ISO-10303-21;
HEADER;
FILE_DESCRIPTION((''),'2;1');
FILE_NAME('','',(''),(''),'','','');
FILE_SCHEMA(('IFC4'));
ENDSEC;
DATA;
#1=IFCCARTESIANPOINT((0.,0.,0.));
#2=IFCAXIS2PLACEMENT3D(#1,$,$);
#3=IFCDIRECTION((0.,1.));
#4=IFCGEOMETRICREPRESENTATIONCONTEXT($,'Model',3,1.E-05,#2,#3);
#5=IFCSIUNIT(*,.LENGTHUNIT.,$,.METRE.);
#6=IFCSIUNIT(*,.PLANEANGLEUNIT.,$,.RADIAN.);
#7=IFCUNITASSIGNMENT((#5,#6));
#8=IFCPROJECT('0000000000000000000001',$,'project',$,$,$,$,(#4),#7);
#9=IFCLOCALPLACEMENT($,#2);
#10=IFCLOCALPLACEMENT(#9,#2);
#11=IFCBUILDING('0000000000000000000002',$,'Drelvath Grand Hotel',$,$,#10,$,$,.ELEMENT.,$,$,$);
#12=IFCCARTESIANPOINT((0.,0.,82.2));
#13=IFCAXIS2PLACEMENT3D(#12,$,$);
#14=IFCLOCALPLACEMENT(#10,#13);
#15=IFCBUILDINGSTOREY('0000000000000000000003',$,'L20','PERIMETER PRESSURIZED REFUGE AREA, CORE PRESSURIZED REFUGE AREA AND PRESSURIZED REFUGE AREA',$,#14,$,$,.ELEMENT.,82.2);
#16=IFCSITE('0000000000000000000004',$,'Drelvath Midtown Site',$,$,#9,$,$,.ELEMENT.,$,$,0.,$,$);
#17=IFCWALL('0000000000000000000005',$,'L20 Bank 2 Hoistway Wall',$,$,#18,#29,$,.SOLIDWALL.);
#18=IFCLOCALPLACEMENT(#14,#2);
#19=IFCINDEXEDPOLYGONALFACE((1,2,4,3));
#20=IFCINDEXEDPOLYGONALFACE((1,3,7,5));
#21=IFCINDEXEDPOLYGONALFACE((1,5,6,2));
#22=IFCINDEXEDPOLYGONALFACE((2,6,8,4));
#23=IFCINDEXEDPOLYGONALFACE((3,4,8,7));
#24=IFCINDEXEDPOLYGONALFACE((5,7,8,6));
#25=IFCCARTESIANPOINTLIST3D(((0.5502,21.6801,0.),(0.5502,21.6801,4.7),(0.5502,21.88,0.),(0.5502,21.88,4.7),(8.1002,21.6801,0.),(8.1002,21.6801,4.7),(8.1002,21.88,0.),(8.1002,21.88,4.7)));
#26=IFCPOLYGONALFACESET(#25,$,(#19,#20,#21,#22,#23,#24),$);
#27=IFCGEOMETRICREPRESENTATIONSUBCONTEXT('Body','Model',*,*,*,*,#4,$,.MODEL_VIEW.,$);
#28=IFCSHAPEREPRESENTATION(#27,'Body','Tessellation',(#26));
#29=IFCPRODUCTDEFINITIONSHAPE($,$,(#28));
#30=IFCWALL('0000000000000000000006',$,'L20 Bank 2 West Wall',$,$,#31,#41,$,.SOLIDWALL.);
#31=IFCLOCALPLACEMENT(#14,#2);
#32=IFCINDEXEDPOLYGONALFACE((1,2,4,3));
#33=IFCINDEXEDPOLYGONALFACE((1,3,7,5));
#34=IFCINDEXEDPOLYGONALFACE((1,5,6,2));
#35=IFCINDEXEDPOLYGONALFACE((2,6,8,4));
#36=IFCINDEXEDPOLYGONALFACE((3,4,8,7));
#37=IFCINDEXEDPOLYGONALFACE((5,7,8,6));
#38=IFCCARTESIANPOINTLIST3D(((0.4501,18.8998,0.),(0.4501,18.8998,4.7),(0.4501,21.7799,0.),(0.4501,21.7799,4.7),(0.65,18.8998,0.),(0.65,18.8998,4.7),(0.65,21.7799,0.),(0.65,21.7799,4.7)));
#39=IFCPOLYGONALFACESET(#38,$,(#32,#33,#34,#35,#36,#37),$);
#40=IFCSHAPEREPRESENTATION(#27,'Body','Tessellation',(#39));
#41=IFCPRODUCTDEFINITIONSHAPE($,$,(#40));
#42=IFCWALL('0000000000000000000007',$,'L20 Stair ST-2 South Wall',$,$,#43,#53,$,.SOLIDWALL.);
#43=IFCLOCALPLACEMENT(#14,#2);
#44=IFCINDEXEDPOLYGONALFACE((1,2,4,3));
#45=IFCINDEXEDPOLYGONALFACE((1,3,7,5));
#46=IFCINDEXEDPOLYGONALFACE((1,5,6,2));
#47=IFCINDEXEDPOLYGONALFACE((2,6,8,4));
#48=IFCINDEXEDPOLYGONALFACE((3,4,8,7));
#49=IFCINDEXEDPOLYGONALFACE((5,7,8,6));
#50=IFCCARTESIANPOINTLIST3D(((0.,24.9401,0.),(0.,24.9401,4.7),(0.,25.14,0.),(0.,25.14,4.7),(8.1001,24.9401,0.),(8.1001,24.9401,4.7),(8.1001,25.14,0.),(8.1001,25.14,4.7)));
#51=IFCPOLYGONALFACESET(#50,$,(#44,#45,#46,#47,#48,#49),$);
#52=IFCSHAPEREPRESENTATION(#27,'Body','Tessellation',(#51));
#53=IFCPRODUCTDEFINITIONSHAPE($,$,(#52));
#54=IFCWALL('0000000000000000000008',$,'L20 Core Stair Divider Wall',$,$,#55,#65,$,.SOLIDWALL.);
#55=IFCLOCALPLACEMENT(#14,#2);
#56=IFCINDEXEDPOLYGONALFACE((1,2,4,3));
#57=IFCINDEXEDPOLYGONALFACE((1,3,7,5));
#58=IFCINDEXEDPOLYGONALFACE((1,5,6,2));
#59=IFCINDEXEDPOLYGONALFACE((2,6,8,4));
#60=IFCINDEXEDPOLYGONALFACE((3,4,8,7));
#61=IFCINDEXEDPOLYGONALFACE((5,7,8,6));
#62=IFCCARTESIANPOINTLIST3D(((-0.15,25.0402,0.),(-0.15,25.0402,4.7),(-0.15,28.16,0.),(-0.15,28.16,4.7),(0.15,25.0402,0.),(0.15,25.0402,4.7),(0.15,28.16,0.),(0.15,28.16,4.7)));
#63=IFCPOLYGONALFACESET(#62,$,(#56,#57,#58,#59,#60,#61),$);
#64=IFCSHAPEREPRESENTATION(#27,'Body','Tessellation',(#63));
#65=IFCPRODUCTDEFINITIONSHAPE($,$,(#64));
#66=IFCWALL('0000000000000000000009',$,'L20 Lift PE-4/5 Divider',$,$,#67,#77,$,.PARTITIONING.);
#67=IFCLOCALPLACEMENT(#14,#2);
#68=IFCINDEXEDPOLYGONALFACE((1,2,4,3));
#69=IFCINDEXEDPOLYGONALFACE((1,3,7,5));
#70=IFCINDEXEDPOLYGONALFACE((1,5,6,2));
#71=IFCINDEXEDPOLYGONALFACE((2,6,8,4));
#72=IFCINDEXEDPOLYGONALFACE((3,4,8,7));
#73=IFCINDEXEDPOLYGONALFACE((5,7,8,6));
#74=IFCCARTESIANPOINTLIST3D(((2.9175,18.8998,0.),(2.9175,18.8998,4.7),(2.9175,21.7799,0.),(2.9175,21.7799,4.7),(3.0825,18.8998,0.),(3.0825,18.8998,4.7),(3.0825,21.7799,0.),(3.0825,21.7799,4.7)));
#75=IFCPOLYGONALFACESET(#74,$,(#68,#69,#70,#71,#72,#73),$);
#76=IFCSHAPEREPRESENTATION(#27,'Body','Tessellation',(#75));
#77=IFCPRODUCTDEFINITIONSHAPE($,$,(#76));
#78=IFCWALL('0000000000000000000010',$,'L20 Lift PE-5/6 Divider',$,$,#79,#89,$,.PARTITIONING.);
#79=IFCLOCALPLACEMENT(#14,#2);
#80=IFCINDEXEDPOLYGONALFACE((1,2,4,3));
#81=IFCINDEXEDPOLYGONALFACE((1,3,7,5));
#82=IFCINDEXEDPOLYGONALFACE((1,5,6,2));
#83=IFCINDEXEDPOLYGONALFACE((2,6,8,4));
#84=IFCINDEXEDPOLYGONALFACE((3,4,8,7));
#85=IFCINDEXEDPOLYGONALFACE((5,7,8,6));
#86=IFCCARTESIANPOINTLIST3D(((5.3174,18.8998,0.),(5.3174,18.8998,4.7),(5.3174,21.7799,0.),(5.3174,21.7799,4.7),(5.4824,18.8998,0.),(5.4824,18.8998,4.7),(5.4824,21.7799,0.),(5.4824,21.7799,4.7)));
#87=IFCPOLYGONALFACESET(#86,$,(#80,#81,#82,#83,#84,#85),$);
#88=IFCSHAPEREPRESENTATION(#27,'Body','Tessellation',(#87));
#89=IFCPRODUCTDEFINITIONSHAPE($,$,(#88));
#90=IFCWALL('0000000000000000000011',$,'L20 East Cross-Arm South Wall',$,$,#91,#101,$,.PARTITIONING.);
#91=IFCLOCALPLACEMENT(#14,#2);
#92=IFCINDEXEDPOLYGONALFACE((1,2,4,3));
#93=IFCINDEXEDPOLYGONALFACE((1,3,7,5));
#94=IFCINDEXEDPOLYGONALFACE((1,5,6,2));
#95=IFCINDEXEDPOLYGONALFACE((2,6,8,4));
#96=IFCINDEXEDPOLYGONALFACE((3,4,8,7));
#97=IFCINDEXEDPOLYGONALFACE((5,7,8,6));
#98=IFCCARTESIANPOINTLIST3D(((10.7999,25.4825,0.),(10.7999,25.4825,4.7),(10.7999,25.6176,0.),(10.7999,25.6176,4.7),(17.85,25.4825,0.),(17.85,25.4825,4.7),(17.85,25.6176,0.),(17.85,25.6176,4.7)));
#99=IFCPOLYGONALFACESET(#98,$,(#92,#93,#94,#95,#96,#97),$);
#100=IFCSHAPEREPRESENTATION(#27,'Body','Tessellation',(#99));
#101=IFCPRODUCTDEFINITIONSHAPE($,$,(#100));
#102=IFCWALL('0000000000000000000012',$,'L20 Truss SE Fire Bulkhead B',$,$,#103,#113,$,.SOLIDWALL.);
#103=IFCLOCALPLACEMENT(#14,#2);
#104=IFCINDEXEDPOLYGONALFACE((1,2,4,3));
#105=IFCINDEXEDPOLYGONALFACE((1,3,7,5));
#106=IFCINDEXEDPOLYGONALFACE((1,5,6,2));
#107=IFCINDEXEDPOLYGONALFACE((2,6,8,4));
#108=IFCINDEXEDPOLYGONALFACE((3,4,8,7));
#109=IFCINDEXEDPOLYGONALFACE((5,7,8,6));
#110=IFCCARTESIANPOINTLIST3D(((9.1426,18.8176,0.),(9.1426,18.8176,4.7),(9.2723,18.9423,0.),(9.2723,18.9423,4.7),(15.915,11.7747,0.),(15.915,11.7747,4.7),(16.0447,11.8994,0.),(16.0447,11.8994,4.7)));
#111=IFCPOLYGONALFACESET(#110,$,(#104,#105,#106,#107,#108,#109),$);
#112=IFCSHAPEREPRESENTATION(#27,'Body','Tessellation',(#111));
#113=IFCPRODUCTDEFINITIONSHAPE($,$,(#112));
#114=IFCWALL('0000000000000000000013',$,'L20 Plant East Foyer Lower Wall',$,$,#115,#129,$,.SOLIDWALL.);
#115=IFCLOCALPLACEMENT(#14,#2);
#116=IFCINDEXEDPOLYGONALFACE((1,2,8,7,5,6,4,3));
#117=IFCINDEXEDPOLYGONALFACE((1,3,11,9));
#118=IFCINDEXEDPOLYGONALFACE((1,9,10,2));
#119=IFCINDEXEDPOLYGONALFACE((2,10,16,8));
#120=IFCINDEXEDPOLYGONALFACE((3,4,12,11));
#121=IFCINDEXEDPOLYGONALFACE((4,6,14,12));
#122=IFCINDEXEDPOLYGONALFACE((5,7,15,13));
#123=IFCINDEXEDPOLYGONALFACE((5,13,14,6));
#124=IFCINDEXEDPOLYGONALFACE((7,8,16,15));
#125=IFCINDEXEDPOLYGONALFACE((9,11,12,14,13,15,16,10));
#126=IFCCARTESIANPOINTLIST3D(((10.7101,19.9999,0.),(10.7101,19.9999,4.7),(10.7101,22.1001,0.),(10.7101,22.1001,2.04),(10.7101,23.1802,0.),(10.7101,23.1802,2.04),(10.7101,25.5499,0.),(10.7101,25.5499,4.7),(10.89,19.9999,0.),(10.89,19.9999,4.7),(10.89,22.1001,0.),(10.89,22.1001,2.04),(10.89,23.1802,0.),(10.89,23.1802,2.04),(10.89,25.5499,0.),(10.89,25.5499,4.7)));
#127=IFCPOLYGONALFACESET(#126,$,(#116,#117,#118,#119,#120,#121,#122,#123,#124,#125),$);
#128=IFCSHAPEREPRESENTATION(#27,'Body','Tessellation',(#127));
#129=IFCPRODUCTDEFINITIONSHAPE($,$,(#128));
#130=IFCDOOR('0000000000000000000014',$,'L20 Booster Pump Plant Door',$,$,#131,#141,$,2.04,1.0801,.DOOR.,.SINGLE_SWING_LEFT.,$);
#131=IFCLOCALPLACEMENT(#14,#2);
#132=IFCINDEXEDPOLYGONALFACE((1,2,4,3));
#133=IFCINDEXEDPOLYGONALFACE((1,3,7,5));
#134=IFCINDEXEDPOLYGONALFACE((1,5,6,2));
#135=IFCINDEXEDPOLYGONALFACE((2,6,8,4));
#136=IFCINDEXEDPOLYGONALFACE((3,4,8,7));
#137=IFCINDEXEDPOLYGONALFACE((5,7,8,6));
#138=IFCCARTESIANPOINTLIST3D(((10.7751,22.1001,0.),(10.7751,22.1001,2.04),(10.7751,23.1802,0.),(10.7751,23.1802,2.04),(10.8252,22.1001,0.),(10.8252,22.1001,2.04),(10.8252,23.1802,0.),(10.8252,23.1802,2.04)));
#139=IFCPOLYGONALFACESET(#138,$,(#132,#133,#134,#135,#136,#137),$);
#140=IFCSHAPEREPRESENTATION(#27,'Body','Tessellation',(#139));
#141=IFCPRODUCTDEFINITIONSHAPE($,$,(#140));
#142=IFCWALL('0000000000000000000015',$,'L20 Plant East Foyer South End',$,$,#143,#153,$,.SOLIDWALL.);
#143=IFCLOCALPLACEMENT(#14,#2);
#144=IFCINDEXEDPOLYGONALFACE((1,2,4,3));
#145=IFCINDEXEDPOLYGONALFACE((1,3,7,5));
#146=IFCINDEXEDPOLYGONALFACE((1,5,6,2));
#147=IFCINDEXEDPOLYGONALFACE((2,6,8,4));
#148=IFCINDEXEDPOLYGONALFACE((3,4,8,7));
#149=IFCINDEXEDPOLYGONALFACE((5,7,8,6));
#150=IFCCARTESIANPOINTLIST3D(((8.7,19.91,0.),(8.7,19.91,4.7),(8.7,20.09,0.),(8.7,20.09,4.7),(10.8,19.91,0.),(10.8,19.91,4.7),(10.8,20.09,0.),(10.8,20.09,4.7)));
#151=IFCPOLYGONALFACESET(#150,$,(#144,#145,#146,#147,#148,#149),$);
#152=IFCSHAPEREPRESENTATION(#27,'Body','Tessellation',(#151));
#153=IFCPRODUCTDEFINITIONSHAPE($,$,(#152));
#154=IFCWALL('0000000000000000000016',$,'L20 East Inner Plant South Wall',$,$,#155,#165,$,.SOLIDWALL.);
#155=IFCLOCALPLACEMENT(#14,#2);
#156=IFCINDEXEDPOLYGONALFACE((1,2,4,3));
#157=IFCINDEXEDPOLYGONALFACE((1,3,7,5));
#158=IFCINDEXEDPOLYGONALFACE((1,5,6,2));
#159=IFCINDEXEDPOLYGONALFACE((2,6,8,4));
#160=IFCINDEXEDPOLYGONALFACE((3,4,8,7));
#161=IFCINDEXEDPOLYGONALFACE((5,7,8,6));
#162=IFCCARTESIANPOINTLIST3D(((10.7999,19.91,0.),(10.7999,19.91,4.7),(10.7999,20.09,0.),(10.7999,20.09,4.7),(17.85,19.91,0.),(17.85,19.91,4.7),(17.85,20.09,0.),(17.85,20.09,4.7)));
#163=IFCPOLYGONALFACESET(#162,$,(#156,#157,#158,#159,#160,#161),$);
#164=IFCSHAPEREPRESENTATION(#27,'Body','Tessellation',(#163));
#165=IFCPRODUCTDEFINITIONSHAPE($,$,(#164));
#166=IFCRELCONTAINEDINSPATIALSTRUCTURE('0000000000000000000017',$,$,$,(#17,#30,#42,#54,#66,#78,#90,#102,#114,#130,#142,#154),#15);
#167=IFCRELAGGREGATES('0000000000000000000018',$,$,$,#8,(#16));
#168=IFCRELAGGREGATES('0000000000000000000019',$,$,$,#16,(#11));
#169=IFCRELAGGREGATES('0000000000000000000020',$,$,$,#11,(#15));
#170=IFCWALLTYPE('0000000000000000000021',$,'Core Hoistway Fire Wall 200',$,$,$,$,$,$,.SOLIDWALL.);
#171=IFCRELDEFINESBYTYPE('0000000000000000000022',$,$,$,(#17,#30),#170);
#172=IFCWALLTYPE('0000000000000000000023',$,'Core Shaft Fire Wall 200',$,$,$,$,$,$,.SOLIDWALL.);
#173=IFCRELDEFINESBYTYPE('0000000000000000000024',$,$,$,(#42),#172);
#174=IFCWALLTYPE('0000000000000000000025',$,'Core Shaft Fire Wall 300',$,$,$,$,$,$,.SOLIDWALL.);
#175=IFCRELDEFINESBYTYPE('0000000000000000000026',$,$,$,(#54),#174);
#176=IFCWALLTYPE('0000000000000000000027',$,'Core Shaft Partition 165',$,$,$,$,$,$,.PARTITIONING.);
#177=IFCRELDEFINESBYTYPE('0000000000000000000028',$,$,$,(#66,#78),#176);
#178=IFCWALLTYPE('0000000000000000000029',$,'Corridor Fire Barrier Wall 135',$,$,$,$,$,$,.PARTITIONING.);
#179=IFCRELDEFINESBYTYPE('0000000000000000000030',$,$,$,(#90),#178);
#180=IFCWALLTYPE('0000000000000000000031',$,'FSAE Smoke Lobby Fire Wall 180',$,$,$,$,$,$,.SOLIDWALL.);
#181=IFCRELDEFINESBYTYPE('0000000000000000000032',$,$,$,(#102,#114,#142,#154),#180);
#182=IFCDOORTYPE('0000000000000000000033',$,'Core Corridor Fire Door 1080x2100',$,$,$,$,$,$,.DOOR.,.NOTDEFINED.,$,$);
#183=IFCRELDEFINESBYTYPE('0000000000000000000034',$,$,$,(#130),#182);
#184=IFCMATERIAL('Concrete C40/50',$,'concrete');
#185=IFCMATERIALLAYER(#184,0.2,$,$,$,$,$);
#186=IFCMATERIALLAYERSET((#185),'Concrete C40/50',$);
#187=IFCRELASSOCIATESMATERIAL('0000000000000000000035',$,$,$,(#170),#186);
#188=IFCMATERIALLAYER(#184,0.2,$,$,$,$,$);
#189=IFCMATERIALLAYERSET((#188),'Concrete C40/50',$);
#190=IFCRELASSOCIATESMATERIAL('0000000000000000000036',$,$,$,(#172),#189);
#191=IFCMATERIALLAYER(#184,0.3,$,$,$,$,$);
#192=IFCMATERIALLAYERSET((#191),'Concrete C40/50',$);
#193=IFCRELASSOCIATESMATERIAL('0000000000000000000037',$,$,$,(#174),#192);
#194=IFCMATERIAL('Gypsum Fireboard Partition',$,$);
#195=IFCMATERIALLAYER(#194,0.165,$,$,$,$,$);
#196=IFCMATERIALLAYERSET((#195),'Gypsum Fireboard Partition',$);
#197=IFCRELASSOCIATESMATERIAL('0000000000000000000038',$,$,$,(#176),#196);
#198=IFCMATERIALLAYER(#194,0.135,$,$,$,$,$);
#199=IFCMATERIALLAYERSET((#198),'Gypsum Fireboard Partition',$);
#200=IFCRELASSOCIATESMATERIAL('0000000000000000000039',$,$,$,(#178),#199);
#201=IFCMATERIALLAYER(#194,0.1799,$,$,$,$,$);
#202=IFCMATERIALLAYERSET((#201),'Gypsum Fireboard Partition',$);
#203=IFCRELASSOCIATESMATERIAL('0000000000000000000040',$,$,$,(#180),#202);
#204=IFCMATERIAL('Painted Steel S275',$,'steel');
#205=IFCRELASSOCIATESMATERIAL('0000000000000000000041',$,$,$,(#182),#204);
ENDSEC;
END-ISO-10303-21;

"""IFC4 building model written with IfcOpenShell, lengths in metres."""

from ifc_helpers import new_model, si_unit, direction, frame, frame_2d, origin, place, context, subcontext, project, spatial, rectangle, extrude, material, layer, layer_set, type_object, element, fill, save


model = new_model("IFC4")

# Units and contexts
model_context = context("Model", 3, precision=1e-05, world=origin(), true_north=direction((0.0, 1.0)))
body_context = subcontext(model_context, "Body", "Model", "MODEL_VIEW")
ifc_project = project(units=[si_unit("LENGTHUNIT", "METRE"), si_unit("PLANEANGLEUNIT", "RADIAN")], contexts=[model_context])

# Site, building, storey
site_placement = place(None, origin())
site = spatial("IfcSite", under=ifc_project, at=site_placement, Name="Drelvath Midtown Site", CompositionType="ELEMENT", RefElevation=0.0)
building_placement = place(site_placement, origin())
building = spatial("IfcBuilding", under=site, at=building_placement, Name="Drelvath Grand Hotel", CompositionType="ELEMENT")
storey_placement = place(building_placement, frame((0.0, 0.0, 82.2)))
storey = spatial("IfcBuildingStorey", under=building, at=storey_placement, Name="L20", Description="PERIMETER PRESSURIZED REFUGE AREA, CORE PRESSURIZED REFUGE AREA AND PRESSURIZED REFUGE AREA", CompositionType="ELEMENT", Elevation=82.2)

# Shared definitions
ifc_material_1 = material(Name="Painted Steel S275", Category="steel")

# Walls
ifc_material_2 = material(Name="Concrete C40/50", Category="concrete")
ifc_layer_1 = layer(ifc_material_2, 0.2)
ifc_layer_set_1 = layer_set([ifc_layer_1], Name="Concrete C40/50")
wall_type_1 = type_object("IfcWallType", Name="Core Hoistway Fire Wall 200", PredefinedType="SOLIDWALL", material=ifc_layer_set_1)
wall_1_placement = place(storey_placement, frame((8.1001, 21.78, 0.0), z_axis=(0.0, 0.0, 1.0), x_axis=(-1.0, 0.0, 0.0)))
element("IfcWall", 1, at=wall_1_placement, inside=storey, type_object=wall_type_1, Name="L20 Bank 2 Hoistway Wall", PredefinedType="SOLIDWALL", context=body_context, shape_type="SweptSolid", body=[
    extrude(rectangle(XDim=7.55, YDim=0.2, at=frame_2d((3.7749, 0.0))), origin(), (0.0, 0.0, 1.0), 4.7),
])
wall_2_placement = place(storey_placement, frame((0.55, 18.8999, 0.0), z_axis=(0.0, 0.0, 1.0), x_axis=(0.0, 1.0, 0.0)))
element("IfcWall", 2, at=wall_2_placement, inside=storey, type_object=wall_type_1, Name="L20 Bank 2 West Wall", PredefinedType="SOLIDWALL", context=body_context, shape_type="SweptSolid", body=[
    extrude(rectangle(XDim=2.8801, YDim=0.2, at=frame_2d((1.4399, 0.0))), origin(), (0.0, 0.0, 1.0), 4.7),
])
ifc_layer_2 = layer(ifc_material_2, 0.2)
ifc_layer_set_2 = layer_set([ifc_layer_2], Name="Concrete C40/50")
wall_type_2 = type_object("IfcWallType", Name="Core Shaft Fire Wall 200", PredefinedType="SOLIDWALL", material=ifc_layer_set_2)
wall_3_placement = place(storey_placement, frame((0.0, 25.04, 0.0), z_axis=(0.0, 0.0, 1.0), x_axis=(1.0, 0.0, 0.0)))
element("IfcWall", 3, at=wall_3_placement, inside=storey, type_object=wall_type_2, Name="L20 Stair ST-2 South Wall", PredefinedType="SOLIDWALL", context=body_context, shape_type="SweptSolid", body=[
    extrude(rectangle(XDim=8.1001, YDim=0.2, at=frame_2d((4.05, 0.0))), origin(), (0.0, 0.0, 1.0), 4.7),
])
ifc_layer_3 = layer(ifc_material_2, 0.3)
ifc_layer_set_3 = layer_set([ifc_layer_3], Name="Concrete C40/50")
wall_type_3 = type_object("IfcWallType", Name="Core Shaft Fire Wall 300", PredefinedType="SOLIDWALL", material=ifc_layer_set_3)
wall_4_placement = place(storey_placement, frame((0.0, 25.04, 0.0), z_axis=(0.0, 0.0, 1.0), x_axis=(0.0, 1.0, 0.0)))
element("IfcWall", 4, at=wall_4_placement, inside=storey, type_object=wall_type_3, Name="L20 Core Stair Divider Wall", PredefinedType="SOLIDWALL", context=body_context, shape_type="SweptSolid", body=[
    extrude(rectangle(XDim=3.1199, YDim=0.3, at=frame_2d((1.5601, 0.0))), origin(), (0.0, 0.0, 1.0), 4.7),
])
ifc_material_3 = material(Name="Gypsum Fireboard Partition")
ifc_layer_4 = layer(ifc_material_3, 0.165)
ifc_layer_set_4 = layer_set([ifc_layer_4], Name="Gypsum Fireboard Partition")
wall_type_4 = type_object("IfcWallType", Name="Core Shaft Partition 165", PredefinedType="PARTITIONING", material=ifc_layer_set_4)
for number, where, z_axis, x_axis, name in (
    (5, (3.0, 18.8999, 0.0), (0.0, 0.0, 1.0), (0.0, 1.0, 0.0), "L20 Lift PE-4/5 Divider"),
    (6, (5.3999, 18.8999, 0.0), (0.0, 0.0, 1.0), (0.0, 1.0, 0.0), "L20 Lift PE-5/6 Divider"),
):
    element("IfcWall", number, at=place(storey_placement, frame(where, z_axis=z_axis, x_axis=x_axis)), inside=storey, type_object=wall_type_4, Name=name, PredefinedType="PARTITIONING", context=body_context, shape_type="SweptSolid", body=[
        extrude(rectangle(XDim=2.8801, YDim=0.165, at=frame_2d((1.4399, 0.0))), origin(), (0.0, 0.0, 1.0), 4.7),
    ])
ifc_layer_5 = layer(ifc_material_3, 0.135)
ifc_layer_set_5 = layer_set([ifc_layer_5], Name="Gypsum Fireboard Partition")
wall_type_5 = type_object("IfcWallType", Name="Corridor Fire Barrier Wall 135", PredefinedType="PARTITIONING", material=ifc_layer_set_5)
wall_5_placement = place(storey_placement, frame((10.8, 25.55, 0.0), z_axis=(0.0, 0.0, 1.0), x_axis=(1.0, 0.0, 0.0)))
element("IfcWall", 7, at=wall_5_placement, inside=storey, type_object=wall_type_5, Name="L20 East Cross-Arm South Wall", PredefinedType="PARTITIONING", context=body_context, shape_type="SweptSolid", body=[
    extrude(rectangle(XDim=7.05, YDim=0.135, at=frame_2d((3.5249, 0.0))), origin(), (0.0, 0.0, 1.0), 4.7),
])
ifc_layer_6 = layer(ifc_material_3, 0.1799)
ifc_layer_set_6 = layer_set([ifc_layer_6], Name="Gypsum Fireboard Partition")
wall_type_6 = type_object("IfcWallType", Name="FSAE Smoke Lobby Fire Wall 180", PredefinedType="SOLIDWALL", material=ifc_layer_set_6)
wall_6_placement = place(storey_placement, frame((9.2075, 18.8799, 0.0), z_axis=(0.0, 0.0, 1.0), x_axis=(0.693129, -0.720814, 0.0)))
element("IfcWall", 8, at=wall_6_placement, inside=storey, type_object=wall_type_6, Name="L20 Truss SE Fire Bulkhead B", PredefinedType="SOLIDWALL", context=body_context, shape_type="SweptSolid", body=[
    extrude(rectangle(XDim=9.7708, YDim=0.1799, at=frame_2d((4.8853, 0.0))), origin(), (0.0, 0.0, 1.0), 4.7),
])

# Wall, opening, door
wall_7_placement = place(storey_placement, frame((10.8, 20.0, 0.0), z_axis=(0.0, 0.0, 1.0), x_axis=(0.0, 1.0, 0.0)))
wall_7 = element("IfcWall", 9, at=wall_7_placement, inside=storey, type_object=wall_type_6, Name="L20 Plant East Foyer Lower Wall", PredefinedType="SOLIDWALL", context=body_context, shape_type="SweptSolid", body=[
    extrude(rectangle(XDim=5.55, YDim=0.1799, at=frame_2d((2.7749, 0.0))), origin(), (0.0, 0.0, 1.0), 4.7),
])
opening_1_placement = place(wall_7_placement, frame((2.1001, 0.0, 0.0)))
opening_1 = element("IfcOpeningElement", 10, at=opening_1_placement, cuts=wall_7, PredefinedType="OPENING", context=body_context, shape_type="SweptSolid", body=[
    extrude(rectangle(XDim=1.0801, YDim=2.04, at=frame_2d((0.54, 1.02))), frame((0.0, 0.0999, 0.0), z_axis=(0.0, -1.0, 0.0), x_axis=(1.0, 0.0, 0.0)), (0.0, 0.0, 1.0), 0.2),
])
door_type_1 = type_object("IfcDoorType", Name="Core Corridor Fire Door 1080x2100", OperationType="NOTDEFINED", PredefinedType="DOOR", material=ifc_material_1)
door_1_placement = place(opening_1_placement, origin())
door_1 = element("IfcDoor", 11, at=door_1_placement, inside=storey, type_object=door_type_1, Name="L20 Booster Pump Plant Door", OperationType="SINGLE_SWING_LEFT", OverallHeight=2.04, OverallWidth=1.0801, PredefinedType="DOOR", context=body_context, shape_type="SweptSolid", body=[
    extrude(rectangle(XDim=1.0801, YDim=2.04, at=frame_2d((0.54, 1.02))), frame((0.0, 0.0249, 0.0), z_axis=(0.0, -1.0, 0.0), x_axis=(1.0, 0.0, 0.0)), (0.0, 0.0, 1.0), 0.05),
])
fill(opening_1, door_1)

# Walls
wall_8_placement = place(storey_placement, frame((8.7, 20.0, 0.0), z_axis=(0.0, 0.0, 1.0), x_axis=(1.0, 0.0, 0.0)))
element("IfcWall", 12, at=wall_8_placement, inside=storey, type_object=wall_type_6, Name="L20 Plant East Foyer South End", PredefinedType="SOLIDWALL", context=body_context, shape_type="SweptSolid", body=[
    extrude(rectangle(XDim=2.1001, YDim=0.1799, at=frame_2d((1.05, 0.0))), origin(), (0.0, 0.0, 1.0), 4.7),
])
wall_9_placement = place(storey_placement, frame((10.8, 20.0, 0.0), z_axis=(0.0, 0.0, 1.0), x_axis=(1.0, 0.0, 0.0)))
element("IfcWall", 13, at=wall_9_placement, inside=storey, type_object=wall_type_6, Name="L20 East Inner Plant South Wall", PredefinedType="SOLIDWALL", context=body_context, shape_type="SweptSolid", body=[
    extrude(rectangle(XDim=7.05, YDim=0.1799, at=frame_2d((3.5249, 0.0))), origin(), (0.0, 0.0, 1.0), 4.7),
])

save(model, "model.ifc")
